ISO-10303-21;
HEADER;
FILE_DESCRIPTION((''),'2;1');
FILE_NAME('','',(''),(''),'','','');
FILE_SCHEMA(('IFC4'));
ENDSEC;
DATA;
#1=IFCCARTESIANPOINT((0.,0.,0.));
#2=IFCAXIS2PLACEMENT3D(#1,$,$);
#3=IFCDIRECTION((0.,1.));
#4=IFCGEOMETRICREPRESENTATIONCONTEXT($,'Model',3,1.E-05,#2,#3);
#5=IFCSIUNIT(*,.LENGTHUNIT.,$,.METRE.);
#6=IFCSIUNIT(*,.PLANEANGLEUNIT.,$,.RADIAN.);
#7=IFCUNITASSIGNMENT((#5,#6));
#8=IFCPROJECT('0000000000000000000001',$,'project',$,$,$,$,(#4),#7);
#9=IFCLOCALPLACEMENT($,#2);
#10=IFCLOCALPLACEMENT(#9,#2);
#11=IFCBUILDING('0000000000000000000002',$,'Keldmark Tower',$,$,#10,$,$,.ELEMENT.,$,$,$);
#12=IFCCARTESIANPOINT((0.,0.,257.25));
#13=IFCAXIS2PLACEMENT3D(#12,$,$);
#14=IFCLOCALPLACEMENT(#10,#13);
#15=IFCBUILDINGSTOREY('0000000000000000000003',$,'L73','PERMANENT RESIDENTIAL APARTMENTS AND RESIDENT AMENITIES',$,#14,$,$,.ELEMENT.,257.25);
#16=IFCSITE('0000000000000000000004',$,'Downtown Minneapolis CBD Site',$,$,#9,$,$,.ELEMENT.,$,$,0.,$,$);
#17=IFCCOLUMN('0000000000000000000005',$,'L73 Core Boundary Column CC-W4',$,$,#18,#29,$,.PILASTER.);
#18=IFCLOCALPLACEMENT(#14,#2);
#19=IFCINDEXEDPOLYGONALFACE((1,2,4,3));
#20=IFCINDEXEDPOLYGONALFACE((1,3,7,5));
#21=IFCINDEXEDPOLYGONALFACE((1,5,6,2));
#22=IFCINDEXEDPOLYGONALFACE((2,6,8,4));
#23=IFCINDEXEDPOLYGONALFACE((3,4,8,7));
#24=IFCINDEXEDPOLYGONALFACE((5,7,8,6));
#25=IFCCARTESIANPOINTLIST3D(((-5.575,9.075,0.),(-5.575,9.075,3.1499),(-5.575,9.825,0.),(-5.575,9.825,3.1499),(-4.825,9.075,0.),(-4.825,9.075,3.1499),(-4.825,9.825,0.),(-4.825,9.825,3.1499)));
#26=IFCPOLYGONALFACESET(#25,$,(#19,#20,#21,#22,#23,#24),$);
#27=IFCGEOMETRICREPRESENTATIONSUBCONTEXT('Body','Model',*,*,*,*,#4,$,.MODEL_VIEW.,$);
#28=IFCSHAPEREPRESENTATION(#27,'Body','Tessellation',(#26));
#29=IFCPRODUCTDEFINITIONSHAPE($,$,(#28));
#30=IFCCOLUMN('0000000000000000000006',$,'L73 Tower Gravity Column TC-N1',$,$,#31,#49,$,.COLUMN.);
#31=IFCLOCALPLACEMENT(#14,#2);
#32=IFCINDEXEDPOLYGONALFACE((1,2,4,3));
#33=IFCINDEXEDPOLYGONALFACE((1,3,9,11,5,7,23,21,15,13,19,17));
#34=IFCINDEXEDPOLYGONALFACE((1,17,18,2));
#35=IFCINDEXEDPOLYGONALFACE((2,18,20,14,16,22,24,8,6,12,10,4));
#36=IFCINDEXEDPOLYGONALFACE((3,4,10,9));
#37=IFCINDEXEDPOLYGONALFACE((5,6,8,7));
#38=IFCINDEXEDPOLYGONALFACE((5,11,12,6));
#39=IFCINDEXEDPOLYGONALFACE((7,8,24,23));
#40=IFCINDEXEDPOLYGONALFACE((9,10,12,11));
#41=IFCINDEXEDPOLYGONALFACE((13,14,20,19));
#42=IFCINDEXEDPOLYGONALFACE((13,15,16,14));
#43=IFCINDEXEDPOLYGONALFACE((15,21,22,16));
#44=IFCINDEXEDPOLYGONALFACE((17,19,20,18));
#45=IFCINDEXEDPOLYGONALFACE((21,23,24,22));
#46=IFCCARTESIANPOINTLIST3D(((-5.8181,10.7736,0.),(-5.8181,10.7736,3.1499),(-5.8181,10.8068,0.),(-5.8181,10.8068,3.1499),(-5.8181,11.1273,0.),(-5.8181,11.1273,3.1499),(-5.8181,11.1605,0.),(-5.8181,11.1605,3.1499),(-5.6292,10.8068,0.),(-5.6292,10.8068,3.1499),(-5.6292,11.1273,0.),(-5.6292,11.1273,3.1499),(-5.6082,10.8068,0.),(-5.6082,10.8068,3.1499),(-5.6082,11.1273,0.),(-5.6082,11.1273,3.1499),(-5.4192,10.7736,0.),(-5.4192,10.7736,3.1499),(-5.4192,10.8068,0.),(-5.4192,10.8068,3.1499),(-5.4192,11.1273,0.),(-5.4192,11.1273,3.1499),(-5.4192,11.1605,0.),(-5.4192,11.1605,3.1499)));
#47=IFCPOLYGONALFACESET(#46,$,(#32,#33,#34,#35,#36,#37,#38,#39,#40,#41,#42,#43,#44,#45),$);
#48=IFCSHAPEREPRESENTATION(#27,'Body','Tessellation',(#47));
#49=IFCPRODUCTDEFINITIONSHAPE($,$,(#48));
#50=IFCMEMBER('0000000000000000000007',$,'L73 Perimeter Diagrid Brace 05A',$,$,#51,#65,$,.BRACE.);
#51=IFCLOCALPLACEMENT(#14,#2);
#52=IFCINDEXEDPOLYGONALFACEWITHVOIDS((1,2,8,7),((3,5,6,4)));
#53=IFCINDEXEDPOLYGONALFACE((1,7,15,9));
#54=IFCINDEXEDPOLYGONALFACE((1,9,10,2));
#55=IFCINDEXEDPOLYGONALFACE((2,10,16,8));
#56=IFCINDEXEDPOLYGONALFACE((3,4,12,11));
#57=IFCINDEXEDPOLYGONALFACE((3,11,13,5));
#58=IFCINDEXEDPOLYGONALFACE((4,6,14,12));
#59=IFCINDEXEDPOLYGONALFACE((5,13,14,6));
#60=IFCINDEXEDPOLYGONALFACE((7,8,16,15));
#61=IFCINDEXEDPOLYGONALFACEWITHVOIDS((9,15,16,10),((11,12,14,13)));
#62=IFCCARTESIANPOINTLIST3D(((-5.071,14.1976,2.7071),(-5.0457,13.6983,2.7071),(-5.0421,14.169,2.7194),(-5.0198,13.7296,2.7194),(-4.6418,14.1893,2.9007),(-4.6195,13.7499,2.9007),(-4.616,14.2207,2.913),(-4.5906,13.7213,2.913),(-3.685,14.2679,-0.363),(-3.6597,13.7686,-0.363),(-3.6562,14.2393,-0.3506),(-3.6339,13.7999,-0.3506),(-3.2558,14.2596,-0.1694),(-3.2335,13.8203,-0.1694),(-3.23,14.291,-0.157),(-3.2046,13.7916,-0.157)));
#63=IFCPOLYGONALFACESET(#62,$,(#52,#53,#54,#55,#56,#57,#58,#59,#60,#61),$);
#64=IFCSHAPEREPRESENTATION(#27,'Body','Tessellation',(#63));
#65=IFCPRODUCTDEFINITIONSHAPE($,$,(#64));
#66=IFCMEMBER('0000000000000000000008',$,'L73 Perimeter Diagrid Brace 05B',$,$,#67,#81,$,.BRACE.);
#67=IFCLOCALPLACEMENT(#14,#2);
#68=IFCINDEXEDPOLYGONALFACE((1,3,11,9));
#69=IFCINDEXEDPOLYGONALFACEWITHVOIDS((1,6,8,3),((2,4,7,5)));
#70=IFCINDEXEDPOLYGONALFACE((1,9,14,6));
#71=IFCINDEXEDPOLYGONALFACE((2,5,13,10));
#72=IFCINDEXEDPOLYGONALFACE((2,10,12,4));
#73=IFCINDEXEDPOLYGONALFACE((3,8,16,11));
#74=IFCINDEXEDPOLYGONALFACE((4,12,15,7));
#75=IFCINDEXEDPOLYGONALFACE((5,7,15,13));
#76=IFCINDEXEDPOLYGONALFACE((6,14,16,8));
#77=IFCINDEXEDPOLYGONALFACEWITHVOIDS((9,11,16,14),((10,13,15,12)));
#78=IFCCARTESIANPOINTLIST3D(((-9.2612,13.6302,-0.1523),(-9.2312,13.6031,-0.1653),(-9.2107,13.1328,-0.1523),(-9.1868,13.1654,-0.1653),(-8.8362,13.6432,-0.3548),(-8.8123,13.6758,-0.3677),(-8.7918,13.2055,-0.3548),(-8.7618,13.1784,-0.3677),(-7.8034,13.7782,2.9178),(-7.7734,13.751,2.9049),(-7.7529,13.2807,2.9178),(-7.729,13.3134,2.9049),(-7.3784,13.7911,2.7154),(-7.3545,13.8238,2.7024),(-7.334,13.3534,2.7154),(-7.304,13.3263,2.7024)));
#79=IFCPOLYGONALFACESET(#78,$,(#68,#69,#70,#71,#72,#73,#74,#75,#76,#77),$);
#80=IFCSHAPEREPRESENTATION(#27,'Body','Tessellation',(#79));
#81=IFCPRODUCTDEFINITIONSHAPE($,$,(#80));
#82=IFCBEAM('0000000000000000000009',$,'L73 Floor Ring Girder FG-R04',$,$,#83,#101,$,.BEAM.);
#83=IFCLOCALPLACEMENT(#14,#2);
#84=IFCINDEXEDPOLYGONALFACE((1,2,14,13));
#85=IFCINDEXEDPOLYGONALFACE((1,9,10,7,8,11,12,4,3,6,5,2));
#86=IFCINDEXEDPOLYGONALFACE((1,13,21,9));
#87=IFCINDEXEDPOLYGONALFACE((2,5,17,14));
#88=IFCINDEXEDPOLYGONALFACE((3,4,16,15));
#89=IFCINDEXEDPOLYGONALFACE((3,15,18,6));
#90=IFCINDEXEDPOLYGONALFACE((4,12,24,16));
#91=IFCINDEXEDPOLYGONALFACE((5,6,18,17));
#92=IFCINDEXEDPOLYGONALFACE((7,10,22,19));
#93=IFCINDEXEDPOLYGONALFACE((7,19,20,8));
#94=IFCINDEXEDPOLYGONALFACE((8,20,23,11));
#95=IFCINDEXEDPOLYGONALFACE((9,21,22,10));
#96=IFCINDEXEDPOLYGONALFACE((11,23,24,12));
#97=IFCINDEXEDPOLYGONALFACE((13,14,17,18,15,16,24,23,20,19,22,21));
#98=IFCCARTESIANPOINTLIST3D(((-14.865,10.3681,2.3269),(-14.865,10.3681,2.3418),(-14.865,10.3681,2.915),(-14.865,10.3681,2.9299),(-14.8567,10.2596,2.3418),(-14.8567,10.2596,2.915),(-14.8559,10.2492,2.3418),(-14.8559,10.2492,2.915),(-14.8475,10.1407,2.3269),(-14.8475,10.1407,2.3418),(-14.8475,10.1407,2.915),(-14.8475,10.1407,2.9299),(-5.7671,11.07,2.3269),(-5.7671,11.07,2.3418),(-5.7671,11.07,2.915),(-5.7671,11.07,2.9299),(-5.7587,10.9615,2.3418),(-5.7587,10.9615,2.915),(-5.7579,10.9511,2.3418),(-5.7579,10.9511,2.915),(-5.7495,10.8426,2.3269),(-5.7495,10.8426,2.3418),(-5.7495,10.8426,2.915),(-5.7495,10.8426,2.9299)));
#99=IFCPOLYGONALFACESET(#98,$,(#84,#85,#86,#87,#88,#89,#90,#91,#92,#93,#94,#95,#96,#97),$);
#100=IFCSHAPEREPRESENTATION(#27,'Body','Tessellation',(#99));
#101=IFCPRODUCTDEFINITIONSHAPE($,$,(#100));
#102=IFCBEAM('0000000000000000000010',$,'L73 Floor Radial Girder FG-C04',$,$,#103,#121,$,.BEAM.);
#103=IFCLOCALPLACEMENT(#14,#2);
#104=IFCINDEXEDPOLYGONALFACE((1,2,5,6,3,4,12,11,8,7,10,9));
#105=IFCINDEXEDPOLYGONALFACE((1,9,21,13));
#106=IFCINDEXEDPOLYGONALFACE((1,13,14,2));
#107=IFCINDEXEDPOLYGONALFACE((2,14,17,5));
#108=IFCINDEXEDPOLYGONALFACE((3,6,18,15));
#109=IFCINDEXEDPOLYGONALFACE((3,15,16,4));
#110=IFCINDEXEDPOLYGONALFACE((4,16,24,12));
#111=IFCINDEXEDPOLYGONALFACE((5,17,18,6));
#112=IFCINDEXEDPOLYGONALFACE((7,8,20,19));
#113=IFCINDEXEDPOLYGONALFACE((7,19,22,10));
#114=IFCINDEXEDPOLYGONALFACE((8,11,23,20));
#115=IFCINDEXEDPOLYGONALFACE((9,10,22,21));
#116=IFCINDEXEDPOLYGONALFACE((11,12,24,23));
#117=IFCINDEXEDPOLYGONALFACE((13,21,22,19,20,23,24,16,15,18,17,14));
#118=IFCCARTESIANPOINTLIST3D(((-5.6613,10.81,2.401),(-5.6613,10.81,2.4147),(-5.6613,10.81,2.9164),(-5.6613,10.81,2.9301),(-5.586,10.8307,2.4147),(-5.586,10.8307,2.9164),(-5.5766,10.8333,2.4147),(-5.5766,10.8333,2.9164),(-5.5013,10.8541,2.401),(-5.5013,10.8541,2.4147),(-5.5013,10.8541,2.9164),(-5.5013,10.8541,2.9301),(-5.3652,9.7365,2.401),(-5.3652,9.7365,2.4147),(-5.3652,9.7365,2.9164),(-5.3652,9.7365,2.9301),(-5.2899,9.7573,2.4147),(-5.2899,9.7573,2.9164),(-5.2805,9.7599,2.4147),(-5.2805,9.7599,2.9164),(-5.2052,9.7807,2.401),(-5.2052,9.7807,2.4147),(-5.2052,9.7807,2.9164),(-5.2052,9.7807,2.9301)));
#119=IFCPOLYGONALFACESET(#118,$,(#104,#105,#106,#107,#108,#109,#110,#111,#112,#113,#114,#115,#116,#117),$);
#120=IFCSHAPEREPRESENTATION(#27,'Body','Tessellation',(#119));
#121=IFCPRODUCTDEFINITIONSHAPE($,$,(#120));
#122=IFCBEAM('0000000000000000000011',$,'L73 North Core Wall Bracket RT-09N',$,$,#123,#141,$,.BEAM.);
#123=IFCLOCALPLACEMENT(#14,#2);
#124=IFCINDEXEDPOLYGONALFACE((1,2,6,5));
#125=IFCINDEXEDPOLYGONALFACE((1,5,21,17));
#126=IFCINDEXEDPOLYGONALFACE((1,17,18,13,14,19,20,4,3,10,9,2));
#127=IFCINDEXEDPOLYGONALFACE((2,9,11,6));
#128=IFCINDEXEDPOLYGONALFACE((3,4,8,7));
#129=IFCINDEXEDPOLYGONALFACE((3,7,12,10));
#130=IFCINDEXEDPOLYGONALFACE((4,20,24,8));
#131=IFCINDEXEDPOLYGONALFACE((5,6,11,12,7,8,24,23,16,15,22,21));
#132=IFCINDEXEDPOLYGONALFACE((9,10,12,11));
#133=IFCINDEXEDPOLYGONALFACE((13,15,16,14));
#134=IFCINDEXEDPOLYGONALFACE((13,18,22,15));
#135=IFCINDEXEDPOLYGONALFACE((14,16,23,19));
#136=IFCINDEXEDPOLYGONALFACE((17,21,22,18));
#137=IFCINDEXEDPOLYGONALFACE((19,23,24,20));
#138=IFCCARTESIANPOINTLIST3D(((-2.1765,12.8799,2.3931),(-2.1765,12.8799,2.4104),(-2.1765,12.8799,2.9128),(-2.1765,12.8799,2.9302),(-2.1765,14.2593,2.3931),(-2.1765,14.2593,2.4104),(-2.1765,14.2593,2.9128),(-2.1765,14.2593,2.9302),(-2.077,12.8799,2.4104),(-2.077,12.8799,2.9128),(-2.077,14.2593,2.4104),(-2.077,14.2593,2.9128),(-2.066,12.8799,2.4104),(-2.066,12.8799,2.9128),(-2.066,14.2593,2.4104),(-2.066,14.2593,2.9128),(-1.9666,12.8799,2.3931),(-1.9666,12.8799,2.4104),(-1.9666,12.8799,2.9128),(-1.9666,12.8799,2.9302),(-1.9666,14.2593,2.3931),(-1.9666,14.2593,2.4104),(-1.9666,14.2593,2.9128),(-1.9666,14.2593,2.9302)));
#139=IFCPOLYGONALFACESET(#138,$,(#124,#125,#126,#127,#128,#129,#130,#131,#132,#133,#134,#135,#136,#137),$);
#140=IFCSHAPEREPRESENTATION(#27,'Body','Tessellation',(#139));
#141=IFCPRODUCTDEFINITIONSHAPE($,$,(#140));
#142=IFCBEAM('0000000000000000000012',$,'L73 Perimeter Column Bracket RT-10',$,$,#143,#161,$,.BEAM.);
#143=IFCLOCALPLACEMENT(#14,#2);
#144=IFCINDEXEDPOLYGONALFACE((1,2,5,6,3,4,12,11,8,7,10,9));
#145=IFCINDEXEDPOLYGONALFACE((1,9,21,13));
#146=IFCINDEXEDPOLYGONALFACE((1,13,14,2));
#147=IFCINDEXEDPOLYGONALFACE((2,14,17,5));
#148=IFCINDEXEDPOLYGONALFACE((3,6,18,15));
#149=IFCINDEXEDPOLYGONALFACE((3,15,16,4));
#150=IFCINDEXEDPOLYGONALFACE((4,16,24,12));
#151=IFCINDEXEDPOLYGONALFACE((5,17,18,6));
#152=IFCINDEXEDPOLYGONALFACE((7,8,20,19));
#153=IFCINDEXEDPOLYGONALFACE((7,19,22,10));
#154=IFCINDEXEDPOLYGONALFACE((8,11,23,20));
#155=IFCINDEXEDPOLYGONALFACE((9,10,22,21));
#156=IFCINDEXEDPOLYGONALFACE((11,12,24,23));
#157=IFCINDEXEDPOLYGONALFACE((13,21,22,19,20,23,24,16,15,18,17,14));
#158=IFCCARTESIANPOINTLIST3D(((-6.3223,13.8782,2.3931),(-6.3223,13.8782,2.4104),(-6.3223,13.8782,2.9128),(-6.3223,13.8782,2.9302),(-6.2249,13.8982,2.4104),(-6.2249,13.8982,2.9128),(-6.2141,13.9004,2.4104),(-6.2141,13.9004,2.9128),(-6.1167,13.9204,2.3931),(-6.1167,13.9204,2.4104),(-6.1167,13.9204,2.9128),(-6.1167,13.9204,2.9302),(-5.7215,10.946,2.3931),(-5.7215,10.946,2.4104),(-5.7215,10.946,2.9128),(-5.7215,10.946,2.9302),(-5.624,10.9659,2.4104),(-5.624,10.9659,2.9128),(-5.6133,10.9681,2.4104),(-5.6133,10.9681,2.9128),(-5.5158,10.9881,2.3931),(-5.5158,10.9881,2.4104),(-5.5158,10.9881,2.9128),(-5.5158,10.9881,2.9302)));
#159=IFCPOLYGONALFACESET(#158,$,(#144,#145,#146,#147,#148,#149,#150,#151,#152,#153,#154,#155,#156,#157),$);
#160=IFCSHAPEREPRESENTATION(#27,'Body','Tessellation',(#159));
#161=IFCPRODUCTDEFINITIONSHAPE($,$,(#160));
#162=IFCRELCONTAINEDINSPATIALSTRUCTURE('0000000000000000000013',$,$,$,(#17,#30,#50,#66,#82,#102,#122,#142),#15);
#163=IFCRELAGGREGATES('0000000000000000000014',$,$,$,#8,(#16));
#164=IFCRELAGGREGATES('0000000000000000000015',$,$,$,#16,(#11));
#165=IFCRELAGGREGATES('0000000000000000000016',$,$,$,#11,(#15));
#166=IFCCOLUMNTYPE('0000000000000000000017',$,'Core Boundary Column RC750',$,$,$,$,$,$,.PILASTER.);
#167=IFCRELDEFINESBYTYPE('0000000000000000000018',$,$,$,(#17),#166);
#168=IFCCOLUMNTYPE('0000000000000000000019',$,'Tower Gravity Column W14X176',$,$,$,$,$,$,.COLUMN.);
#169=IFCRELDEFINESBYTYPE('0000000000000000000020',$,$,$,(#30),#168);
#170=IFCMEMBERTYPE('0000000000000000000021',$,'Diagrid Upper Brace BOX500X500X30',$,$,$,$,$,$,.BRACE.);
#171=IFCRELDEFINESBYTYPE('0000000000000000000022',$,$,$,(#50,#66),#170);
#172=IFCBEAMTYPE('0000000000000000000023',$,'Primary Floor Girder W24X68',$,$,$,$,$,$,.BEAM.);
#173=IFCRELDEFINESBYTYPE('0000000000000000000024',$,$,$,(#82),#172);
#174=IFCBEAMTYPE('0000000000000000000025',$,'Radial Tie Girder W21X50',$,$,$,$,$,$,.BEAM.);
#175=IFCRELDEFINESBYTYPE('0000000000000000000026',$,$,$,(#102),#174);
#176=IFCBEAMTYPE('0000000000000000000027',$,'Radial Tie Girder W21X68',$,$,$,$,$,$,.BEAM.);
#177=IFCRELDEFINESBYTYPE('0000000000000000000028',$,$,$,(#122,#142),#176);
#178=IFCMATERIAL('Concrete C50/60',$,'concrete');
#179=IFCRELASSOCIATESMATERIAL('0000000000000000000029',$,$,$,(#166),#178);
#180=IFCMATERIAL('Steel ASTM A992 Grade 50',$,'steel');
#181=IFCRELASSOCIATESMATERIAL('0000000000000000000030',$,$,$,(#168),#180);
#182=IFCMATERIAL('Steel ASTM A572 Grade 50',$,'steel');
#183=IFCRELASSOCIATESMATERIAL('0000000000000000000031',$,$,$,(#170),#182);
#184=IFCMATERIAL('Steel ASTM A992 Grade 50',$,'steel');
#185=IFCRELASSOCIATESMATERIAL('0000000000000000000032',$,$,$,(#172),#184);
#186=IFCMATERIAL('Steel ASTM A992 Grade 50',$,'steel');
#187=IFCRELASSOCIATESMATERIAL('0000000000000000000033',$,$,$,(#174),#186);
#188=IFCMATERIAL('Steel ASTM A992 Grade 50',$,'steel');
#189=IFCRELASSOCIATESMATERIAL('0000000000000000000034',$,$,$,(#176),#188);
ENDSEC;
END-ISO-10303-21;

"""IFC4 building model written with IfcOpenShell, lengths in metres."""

from ifc_helpers import new_model, si_unit, direction, frame, origin, origin_2d, place, context, subcontext, project, spatial, rectangle, hollow_rectangle, i_section, extrude, material, material_profile, profile_set, type_object, element, save


model = new_model("IFC4")

# Units and contexts
model_context = context("Model", 3, precision=1e-05, world=origin(), true_north=direction((0.0, 1.0)))
body_context = subcontext(model_context, "Body", "Model", "MODEL_VIEW")
ifc_project = project(units=[si_unit("LENGTHUNIT", "METRE"), si_unit("PLANEANGLEUNIT", "RADIAN")], contexts=[model_context])

# Site, building, storey
site_placement = place(None, origin())
site = spatial("IfcSite", under=ifc_project, at=site_placement, Name="Downtown Minneapolis CBD Site", CompositionType="ELEMENT", RefElevation=0.0)
building_placement = place(site_placement, origin())
building = spatial("IfcBuilding", under=site, at=building_placement, Name="Keldmark Tower", CompositionType="ELEMENT")
storey_placement = place(building_placement, frame((0.0, 0.0, 257.25)))
storey = spatial("IfcBuildingStorey", under=building, at=storey_placement, Name="L73", Description="PERMANENT RESIDENTIAL APARTMENTS AND RESIDENT AMENITIES", CompositionType="ELEMENT", Elevation=257.25)

# Columns
ifc_material_1 = material(Name="Concrete C50/60", Category="concrete")
ifc_material_profile_1 = material_profile(ifc_material_1, rectangle(XDim=0.75, YDim=0.75, at=origin_2d()), Name="RC750X750")
ifc_profile_set_1 = profile_set([ifc_material_profile_1], Name="Concrete C50/60")
column_type_1 = type_object("IfcColumnType", Name="Core Boundary Column RC750", PredefinedType="PILASTER", material=ifc_profile_set_1)
column_1_placement = place(storey_placement, frame((-5.2, 9.45, 0.0), z_axis=(0.0, 0.0, 1.0), x_axis=(1.0, 0.0, 0.0)))
element("IfcColumn", 1, at=column_1_placement, inside=storey, type_object=column_type_1, Name="L73 Core Boundary Column CC-W4", PredefinedType="PILASTER", context=body_context, shape_type="SweptSolid", body=[
    extrude(rectangle(XDim=0.75, YDim=0.75, at=origin_2d()), origin(), (0.0, 0.0, 1.0), 3.1499),
])
ifc_material_2 = material(Name="Steel ASTM A992 Grade 50", Category="steel")
ifc_material_profile_2 = material_profile(ifc_material_2, i_section(OverallWidth=0.3989, OverallDepth=0.387, WebThickness=0.021, FlangeThickness=0.0332, at=origin_2d()), Name="W14X176")
ifc_profile_set_2 = profile_set([ifc_material_profile_2], Name="Steel ASTM A992 Grade 50")
column_type_2 = type_object("IfcColumnType", Name="Tower Gravity Column W14X176", PredefinedType="COLUMN", material=ifc_profile_set_2)
column_2_placement = place(storey_placement, frame((-5.6187, 10.967, 0.0), z_axis=(0.0, 0.0, 1.0), x_axis=(1.0, 0.0, 0.0)))
element("IfcColumn", 2, at=column_2_placement, inside=storey, type_object=column_type_2, Name="L73 Tower Gravity Column TC-N1", PredefinedType="COLUMN", context=body_context, shape_type="SweptSolid", body=[
    extrude(i_section(OverallWidth=0.3989, OverallDepth=0.387, WebThickness=0.021, FlangeThickness=0.0332, at=origin_2d()), origin(), (0.0, 0.0, 1.0), 3.1499),
])

# Members
ifc_material_3 = material(Name="Steel ASTM A572 Grade 50", Category="steel")
ifc_material_profile_3 = material_profile(ifc_material_3, hollow_rectangle(XDim=0.5, YDim=0.5, WallThickness=0.03, at=origin_2d()), Name="BOX500X500X30")
ifc_profile_set_3 = profile_set([ifc_material_profile_3], Name="Steel ASTM A572 Grade 50")
member_type = type_object("IfcMemberType", Name="Diagrid Upper Brace BOX500X500X30", PredefinedType="BRACE", material=ifc_profile_set_3)
member_1_placement = place(storey_placement, frame((-3.4448, 14.0298, -0.26), z_axis=(-0.411375, -0.020869, 0.911227), x_axis=(0.050666, -0.998716, 0.0)))
element("IfcMember", 3, at=member_1_placement, inside=storey, type_object=member_type, Name="L73 Perimeter Diagrid Brace 05A", PredefinedType="BRACE", context=body_context, shape_type="SweptSolid", body=[
    extrude(hollow_rectangle(XDim=0.5, YDim=0.5, WallThickness=0.03, at=origin_2d()), origin(), (0.0, 0.0, 1.0), 3.3691),
])
member_2_placement = place(storey_placement, frame((-9.0115, 13.4043, -0.26), z_axis=(0.428526, 0.043491, 0.902482), x_axis=(-0.100972, 0.994889, 0.0)))
element("IfcMember", 4, at=member_2_placement, inside=storey, type_object=member_type, Name="L73 Perimeter Diagrid Brace 05B", PredefinedType="BRACE", context=body_context, shape_type="SweptSolid", body=[
    extrude(hollow_rectangle(XDim=0.5, YDim=0.5, WallThickness=0.03, at=origin_2d()), origin(), (0.0, 0.0, 1.0), 3.4019),
])

# Beams
ifc_material_4 = material(Name="Steel ASTM A992 Grade 50", Category="steel")
ifc_material_profile_4 = material_profile(ifc_material_4, i_section(OverallWidth=0.228, OverallDepth=0.603, WebThickness=0.0105, FlangeThickness=0.0149, at=origin_2d()), Name="W24X68")
ifc_profile_set_4 = profile_set([ifc_material_profile_4], Name="Steel ASTM A992 Grade 50")
beam_type_1 = type_object("IfcBeamType", Name="Primary Floor Girder W24X68", PredefinedType="BEAM", material=ifc_profile_set_4)
beam_1_placement = place(storey_placement, frame((-5.7583, 10.9563, 2.6284), z_axis=(-0.997037, -0.076922, 0.0), x_axis=(0.076922, -0.997037, 0.0)))
element("IfcBeam", 5, at=beam_1_placement, inside=storey, type_object=beam_type_1, Name="L73 Floor Ring Girder FG-R04", PredefinedType="BEAM", context=body_context, shape_type="SweptSolid", body=[
    extrude(i_section(OverallWidth=0.228, OverallDepth=0.603, WebThickness=0.0105, FlangeThickness=0.0149, at=origin_2d()), origin(), (0.0, 0.0, 1.0), 9.125),
])
ifc_material_5 = material(Name="Steel ASTM A992 Grade 50", Category="steel")
ifc_material_profile_5 = material_profile(ifc_material_5, i_section(OverallWidth=0.166, OverallDepth=0.5291, WebThickness=0.0098, FlangeThickness=0.0137, at=origin_2d()), Name="W21X50")
ifc_profile_set_5 = profile_set([ifc_material_profile_5], Name="Steel ASTM A992 Grade 50")
beam_type_2 = type_object("IfcBeamType", Name="Radial Tie Girder W21X50", PredefinedType="BEAM", material=ifc_profile_set_5)
beam_2_placement = place(storey_placement, frame((-5.5813, 10.832, 2.6655), z_axis=(0.265936, -0.963991, 0.0), x_axis=(0.963991, 0.265936, 0.0)))
element("IfcBeam", 6, at=beam_2_placement, inside=storey, type_object=beam_type_2, Name="L73 Floor Radial Girder FG-C04", PredefinedType="BEAM", context=body_context, shape_type="SweptSolid", body=[
    extrude(i_section(OverallWidth=0.166, OverallDepth=0.5291, WebThickness=0.0098, FlangeThickness=0.0137, at=origin_2d()), origin(), (0.0, 0.0, 1.0), 1.1135),
])
ifc_material_6 = material(Name="Steel ASTM A992 Grade 50", Category="steel")
ifc_material_profile_6 = material_profile(ifc_material_6, i_section(OverallWidth=0.21, OverallDepth=0.5371, WebThickness=0.011, FlangeThickness=0.0173, at=origin_2d()), Name="W21X68")
ifc_profile_set_6 = profile_set([ifc_material_profile_6], Name="Steel ASTM A992 Grade 50")
beam_type_3 = type_object("IfcBeamType", Name="Radial Tie Girder W21X68", PredefinedType="BEAM", material=ifc_profile_set_6)
beam_3_placement = place(storey_placement, frame((-2.0715, 12.8799, 2.6616), z_axis=(0.0, 1.0, 0.0), x_axis=(-1.0, 0.0, 0.0)))
element("IfcBeam", 7, at=beam_3_placement, inside=storey, type_object=beam_type_3, Name="L73 North Core Wall Bracket RT-09N", PredefinedType="BEAM", context=body_context, shape_type="SweptSolid", body=[
    extrude(i_section(OverallWidth=0.21, OverallDepth=0.5371, WebThickness=0.011, FlangeThickness=0.0173, at=origin_2d()), origin(), (0.0, 0.0, 1.0), 1.3794),
])
beam_4_placement = place(storey_placement, frame((-5.6187, 10.967, 2.6616), z_axis=(-0.200741, 0.979644, 0.0), x_axis=(-0.979644, -0.200741, 0.0)))
element("IfcBeam", 8, at=beam_4_placement, inside=storey, type_object=beam_type_3, Name="L73 Perimeter Column Bracket RT-10", PredefinedType="BEAM", context=body_context, shape_type="SweptSolid", body=[
    extrude(i_section(OverallWidth=0.21, OverallDepth=0.5371, WebThickness=0.011, FlangeThickness=0.0173, at=origin_2d()), origin(), (0.0, 0.0, 1.0), 2.9932),
])

save(model, "model.ifc")
